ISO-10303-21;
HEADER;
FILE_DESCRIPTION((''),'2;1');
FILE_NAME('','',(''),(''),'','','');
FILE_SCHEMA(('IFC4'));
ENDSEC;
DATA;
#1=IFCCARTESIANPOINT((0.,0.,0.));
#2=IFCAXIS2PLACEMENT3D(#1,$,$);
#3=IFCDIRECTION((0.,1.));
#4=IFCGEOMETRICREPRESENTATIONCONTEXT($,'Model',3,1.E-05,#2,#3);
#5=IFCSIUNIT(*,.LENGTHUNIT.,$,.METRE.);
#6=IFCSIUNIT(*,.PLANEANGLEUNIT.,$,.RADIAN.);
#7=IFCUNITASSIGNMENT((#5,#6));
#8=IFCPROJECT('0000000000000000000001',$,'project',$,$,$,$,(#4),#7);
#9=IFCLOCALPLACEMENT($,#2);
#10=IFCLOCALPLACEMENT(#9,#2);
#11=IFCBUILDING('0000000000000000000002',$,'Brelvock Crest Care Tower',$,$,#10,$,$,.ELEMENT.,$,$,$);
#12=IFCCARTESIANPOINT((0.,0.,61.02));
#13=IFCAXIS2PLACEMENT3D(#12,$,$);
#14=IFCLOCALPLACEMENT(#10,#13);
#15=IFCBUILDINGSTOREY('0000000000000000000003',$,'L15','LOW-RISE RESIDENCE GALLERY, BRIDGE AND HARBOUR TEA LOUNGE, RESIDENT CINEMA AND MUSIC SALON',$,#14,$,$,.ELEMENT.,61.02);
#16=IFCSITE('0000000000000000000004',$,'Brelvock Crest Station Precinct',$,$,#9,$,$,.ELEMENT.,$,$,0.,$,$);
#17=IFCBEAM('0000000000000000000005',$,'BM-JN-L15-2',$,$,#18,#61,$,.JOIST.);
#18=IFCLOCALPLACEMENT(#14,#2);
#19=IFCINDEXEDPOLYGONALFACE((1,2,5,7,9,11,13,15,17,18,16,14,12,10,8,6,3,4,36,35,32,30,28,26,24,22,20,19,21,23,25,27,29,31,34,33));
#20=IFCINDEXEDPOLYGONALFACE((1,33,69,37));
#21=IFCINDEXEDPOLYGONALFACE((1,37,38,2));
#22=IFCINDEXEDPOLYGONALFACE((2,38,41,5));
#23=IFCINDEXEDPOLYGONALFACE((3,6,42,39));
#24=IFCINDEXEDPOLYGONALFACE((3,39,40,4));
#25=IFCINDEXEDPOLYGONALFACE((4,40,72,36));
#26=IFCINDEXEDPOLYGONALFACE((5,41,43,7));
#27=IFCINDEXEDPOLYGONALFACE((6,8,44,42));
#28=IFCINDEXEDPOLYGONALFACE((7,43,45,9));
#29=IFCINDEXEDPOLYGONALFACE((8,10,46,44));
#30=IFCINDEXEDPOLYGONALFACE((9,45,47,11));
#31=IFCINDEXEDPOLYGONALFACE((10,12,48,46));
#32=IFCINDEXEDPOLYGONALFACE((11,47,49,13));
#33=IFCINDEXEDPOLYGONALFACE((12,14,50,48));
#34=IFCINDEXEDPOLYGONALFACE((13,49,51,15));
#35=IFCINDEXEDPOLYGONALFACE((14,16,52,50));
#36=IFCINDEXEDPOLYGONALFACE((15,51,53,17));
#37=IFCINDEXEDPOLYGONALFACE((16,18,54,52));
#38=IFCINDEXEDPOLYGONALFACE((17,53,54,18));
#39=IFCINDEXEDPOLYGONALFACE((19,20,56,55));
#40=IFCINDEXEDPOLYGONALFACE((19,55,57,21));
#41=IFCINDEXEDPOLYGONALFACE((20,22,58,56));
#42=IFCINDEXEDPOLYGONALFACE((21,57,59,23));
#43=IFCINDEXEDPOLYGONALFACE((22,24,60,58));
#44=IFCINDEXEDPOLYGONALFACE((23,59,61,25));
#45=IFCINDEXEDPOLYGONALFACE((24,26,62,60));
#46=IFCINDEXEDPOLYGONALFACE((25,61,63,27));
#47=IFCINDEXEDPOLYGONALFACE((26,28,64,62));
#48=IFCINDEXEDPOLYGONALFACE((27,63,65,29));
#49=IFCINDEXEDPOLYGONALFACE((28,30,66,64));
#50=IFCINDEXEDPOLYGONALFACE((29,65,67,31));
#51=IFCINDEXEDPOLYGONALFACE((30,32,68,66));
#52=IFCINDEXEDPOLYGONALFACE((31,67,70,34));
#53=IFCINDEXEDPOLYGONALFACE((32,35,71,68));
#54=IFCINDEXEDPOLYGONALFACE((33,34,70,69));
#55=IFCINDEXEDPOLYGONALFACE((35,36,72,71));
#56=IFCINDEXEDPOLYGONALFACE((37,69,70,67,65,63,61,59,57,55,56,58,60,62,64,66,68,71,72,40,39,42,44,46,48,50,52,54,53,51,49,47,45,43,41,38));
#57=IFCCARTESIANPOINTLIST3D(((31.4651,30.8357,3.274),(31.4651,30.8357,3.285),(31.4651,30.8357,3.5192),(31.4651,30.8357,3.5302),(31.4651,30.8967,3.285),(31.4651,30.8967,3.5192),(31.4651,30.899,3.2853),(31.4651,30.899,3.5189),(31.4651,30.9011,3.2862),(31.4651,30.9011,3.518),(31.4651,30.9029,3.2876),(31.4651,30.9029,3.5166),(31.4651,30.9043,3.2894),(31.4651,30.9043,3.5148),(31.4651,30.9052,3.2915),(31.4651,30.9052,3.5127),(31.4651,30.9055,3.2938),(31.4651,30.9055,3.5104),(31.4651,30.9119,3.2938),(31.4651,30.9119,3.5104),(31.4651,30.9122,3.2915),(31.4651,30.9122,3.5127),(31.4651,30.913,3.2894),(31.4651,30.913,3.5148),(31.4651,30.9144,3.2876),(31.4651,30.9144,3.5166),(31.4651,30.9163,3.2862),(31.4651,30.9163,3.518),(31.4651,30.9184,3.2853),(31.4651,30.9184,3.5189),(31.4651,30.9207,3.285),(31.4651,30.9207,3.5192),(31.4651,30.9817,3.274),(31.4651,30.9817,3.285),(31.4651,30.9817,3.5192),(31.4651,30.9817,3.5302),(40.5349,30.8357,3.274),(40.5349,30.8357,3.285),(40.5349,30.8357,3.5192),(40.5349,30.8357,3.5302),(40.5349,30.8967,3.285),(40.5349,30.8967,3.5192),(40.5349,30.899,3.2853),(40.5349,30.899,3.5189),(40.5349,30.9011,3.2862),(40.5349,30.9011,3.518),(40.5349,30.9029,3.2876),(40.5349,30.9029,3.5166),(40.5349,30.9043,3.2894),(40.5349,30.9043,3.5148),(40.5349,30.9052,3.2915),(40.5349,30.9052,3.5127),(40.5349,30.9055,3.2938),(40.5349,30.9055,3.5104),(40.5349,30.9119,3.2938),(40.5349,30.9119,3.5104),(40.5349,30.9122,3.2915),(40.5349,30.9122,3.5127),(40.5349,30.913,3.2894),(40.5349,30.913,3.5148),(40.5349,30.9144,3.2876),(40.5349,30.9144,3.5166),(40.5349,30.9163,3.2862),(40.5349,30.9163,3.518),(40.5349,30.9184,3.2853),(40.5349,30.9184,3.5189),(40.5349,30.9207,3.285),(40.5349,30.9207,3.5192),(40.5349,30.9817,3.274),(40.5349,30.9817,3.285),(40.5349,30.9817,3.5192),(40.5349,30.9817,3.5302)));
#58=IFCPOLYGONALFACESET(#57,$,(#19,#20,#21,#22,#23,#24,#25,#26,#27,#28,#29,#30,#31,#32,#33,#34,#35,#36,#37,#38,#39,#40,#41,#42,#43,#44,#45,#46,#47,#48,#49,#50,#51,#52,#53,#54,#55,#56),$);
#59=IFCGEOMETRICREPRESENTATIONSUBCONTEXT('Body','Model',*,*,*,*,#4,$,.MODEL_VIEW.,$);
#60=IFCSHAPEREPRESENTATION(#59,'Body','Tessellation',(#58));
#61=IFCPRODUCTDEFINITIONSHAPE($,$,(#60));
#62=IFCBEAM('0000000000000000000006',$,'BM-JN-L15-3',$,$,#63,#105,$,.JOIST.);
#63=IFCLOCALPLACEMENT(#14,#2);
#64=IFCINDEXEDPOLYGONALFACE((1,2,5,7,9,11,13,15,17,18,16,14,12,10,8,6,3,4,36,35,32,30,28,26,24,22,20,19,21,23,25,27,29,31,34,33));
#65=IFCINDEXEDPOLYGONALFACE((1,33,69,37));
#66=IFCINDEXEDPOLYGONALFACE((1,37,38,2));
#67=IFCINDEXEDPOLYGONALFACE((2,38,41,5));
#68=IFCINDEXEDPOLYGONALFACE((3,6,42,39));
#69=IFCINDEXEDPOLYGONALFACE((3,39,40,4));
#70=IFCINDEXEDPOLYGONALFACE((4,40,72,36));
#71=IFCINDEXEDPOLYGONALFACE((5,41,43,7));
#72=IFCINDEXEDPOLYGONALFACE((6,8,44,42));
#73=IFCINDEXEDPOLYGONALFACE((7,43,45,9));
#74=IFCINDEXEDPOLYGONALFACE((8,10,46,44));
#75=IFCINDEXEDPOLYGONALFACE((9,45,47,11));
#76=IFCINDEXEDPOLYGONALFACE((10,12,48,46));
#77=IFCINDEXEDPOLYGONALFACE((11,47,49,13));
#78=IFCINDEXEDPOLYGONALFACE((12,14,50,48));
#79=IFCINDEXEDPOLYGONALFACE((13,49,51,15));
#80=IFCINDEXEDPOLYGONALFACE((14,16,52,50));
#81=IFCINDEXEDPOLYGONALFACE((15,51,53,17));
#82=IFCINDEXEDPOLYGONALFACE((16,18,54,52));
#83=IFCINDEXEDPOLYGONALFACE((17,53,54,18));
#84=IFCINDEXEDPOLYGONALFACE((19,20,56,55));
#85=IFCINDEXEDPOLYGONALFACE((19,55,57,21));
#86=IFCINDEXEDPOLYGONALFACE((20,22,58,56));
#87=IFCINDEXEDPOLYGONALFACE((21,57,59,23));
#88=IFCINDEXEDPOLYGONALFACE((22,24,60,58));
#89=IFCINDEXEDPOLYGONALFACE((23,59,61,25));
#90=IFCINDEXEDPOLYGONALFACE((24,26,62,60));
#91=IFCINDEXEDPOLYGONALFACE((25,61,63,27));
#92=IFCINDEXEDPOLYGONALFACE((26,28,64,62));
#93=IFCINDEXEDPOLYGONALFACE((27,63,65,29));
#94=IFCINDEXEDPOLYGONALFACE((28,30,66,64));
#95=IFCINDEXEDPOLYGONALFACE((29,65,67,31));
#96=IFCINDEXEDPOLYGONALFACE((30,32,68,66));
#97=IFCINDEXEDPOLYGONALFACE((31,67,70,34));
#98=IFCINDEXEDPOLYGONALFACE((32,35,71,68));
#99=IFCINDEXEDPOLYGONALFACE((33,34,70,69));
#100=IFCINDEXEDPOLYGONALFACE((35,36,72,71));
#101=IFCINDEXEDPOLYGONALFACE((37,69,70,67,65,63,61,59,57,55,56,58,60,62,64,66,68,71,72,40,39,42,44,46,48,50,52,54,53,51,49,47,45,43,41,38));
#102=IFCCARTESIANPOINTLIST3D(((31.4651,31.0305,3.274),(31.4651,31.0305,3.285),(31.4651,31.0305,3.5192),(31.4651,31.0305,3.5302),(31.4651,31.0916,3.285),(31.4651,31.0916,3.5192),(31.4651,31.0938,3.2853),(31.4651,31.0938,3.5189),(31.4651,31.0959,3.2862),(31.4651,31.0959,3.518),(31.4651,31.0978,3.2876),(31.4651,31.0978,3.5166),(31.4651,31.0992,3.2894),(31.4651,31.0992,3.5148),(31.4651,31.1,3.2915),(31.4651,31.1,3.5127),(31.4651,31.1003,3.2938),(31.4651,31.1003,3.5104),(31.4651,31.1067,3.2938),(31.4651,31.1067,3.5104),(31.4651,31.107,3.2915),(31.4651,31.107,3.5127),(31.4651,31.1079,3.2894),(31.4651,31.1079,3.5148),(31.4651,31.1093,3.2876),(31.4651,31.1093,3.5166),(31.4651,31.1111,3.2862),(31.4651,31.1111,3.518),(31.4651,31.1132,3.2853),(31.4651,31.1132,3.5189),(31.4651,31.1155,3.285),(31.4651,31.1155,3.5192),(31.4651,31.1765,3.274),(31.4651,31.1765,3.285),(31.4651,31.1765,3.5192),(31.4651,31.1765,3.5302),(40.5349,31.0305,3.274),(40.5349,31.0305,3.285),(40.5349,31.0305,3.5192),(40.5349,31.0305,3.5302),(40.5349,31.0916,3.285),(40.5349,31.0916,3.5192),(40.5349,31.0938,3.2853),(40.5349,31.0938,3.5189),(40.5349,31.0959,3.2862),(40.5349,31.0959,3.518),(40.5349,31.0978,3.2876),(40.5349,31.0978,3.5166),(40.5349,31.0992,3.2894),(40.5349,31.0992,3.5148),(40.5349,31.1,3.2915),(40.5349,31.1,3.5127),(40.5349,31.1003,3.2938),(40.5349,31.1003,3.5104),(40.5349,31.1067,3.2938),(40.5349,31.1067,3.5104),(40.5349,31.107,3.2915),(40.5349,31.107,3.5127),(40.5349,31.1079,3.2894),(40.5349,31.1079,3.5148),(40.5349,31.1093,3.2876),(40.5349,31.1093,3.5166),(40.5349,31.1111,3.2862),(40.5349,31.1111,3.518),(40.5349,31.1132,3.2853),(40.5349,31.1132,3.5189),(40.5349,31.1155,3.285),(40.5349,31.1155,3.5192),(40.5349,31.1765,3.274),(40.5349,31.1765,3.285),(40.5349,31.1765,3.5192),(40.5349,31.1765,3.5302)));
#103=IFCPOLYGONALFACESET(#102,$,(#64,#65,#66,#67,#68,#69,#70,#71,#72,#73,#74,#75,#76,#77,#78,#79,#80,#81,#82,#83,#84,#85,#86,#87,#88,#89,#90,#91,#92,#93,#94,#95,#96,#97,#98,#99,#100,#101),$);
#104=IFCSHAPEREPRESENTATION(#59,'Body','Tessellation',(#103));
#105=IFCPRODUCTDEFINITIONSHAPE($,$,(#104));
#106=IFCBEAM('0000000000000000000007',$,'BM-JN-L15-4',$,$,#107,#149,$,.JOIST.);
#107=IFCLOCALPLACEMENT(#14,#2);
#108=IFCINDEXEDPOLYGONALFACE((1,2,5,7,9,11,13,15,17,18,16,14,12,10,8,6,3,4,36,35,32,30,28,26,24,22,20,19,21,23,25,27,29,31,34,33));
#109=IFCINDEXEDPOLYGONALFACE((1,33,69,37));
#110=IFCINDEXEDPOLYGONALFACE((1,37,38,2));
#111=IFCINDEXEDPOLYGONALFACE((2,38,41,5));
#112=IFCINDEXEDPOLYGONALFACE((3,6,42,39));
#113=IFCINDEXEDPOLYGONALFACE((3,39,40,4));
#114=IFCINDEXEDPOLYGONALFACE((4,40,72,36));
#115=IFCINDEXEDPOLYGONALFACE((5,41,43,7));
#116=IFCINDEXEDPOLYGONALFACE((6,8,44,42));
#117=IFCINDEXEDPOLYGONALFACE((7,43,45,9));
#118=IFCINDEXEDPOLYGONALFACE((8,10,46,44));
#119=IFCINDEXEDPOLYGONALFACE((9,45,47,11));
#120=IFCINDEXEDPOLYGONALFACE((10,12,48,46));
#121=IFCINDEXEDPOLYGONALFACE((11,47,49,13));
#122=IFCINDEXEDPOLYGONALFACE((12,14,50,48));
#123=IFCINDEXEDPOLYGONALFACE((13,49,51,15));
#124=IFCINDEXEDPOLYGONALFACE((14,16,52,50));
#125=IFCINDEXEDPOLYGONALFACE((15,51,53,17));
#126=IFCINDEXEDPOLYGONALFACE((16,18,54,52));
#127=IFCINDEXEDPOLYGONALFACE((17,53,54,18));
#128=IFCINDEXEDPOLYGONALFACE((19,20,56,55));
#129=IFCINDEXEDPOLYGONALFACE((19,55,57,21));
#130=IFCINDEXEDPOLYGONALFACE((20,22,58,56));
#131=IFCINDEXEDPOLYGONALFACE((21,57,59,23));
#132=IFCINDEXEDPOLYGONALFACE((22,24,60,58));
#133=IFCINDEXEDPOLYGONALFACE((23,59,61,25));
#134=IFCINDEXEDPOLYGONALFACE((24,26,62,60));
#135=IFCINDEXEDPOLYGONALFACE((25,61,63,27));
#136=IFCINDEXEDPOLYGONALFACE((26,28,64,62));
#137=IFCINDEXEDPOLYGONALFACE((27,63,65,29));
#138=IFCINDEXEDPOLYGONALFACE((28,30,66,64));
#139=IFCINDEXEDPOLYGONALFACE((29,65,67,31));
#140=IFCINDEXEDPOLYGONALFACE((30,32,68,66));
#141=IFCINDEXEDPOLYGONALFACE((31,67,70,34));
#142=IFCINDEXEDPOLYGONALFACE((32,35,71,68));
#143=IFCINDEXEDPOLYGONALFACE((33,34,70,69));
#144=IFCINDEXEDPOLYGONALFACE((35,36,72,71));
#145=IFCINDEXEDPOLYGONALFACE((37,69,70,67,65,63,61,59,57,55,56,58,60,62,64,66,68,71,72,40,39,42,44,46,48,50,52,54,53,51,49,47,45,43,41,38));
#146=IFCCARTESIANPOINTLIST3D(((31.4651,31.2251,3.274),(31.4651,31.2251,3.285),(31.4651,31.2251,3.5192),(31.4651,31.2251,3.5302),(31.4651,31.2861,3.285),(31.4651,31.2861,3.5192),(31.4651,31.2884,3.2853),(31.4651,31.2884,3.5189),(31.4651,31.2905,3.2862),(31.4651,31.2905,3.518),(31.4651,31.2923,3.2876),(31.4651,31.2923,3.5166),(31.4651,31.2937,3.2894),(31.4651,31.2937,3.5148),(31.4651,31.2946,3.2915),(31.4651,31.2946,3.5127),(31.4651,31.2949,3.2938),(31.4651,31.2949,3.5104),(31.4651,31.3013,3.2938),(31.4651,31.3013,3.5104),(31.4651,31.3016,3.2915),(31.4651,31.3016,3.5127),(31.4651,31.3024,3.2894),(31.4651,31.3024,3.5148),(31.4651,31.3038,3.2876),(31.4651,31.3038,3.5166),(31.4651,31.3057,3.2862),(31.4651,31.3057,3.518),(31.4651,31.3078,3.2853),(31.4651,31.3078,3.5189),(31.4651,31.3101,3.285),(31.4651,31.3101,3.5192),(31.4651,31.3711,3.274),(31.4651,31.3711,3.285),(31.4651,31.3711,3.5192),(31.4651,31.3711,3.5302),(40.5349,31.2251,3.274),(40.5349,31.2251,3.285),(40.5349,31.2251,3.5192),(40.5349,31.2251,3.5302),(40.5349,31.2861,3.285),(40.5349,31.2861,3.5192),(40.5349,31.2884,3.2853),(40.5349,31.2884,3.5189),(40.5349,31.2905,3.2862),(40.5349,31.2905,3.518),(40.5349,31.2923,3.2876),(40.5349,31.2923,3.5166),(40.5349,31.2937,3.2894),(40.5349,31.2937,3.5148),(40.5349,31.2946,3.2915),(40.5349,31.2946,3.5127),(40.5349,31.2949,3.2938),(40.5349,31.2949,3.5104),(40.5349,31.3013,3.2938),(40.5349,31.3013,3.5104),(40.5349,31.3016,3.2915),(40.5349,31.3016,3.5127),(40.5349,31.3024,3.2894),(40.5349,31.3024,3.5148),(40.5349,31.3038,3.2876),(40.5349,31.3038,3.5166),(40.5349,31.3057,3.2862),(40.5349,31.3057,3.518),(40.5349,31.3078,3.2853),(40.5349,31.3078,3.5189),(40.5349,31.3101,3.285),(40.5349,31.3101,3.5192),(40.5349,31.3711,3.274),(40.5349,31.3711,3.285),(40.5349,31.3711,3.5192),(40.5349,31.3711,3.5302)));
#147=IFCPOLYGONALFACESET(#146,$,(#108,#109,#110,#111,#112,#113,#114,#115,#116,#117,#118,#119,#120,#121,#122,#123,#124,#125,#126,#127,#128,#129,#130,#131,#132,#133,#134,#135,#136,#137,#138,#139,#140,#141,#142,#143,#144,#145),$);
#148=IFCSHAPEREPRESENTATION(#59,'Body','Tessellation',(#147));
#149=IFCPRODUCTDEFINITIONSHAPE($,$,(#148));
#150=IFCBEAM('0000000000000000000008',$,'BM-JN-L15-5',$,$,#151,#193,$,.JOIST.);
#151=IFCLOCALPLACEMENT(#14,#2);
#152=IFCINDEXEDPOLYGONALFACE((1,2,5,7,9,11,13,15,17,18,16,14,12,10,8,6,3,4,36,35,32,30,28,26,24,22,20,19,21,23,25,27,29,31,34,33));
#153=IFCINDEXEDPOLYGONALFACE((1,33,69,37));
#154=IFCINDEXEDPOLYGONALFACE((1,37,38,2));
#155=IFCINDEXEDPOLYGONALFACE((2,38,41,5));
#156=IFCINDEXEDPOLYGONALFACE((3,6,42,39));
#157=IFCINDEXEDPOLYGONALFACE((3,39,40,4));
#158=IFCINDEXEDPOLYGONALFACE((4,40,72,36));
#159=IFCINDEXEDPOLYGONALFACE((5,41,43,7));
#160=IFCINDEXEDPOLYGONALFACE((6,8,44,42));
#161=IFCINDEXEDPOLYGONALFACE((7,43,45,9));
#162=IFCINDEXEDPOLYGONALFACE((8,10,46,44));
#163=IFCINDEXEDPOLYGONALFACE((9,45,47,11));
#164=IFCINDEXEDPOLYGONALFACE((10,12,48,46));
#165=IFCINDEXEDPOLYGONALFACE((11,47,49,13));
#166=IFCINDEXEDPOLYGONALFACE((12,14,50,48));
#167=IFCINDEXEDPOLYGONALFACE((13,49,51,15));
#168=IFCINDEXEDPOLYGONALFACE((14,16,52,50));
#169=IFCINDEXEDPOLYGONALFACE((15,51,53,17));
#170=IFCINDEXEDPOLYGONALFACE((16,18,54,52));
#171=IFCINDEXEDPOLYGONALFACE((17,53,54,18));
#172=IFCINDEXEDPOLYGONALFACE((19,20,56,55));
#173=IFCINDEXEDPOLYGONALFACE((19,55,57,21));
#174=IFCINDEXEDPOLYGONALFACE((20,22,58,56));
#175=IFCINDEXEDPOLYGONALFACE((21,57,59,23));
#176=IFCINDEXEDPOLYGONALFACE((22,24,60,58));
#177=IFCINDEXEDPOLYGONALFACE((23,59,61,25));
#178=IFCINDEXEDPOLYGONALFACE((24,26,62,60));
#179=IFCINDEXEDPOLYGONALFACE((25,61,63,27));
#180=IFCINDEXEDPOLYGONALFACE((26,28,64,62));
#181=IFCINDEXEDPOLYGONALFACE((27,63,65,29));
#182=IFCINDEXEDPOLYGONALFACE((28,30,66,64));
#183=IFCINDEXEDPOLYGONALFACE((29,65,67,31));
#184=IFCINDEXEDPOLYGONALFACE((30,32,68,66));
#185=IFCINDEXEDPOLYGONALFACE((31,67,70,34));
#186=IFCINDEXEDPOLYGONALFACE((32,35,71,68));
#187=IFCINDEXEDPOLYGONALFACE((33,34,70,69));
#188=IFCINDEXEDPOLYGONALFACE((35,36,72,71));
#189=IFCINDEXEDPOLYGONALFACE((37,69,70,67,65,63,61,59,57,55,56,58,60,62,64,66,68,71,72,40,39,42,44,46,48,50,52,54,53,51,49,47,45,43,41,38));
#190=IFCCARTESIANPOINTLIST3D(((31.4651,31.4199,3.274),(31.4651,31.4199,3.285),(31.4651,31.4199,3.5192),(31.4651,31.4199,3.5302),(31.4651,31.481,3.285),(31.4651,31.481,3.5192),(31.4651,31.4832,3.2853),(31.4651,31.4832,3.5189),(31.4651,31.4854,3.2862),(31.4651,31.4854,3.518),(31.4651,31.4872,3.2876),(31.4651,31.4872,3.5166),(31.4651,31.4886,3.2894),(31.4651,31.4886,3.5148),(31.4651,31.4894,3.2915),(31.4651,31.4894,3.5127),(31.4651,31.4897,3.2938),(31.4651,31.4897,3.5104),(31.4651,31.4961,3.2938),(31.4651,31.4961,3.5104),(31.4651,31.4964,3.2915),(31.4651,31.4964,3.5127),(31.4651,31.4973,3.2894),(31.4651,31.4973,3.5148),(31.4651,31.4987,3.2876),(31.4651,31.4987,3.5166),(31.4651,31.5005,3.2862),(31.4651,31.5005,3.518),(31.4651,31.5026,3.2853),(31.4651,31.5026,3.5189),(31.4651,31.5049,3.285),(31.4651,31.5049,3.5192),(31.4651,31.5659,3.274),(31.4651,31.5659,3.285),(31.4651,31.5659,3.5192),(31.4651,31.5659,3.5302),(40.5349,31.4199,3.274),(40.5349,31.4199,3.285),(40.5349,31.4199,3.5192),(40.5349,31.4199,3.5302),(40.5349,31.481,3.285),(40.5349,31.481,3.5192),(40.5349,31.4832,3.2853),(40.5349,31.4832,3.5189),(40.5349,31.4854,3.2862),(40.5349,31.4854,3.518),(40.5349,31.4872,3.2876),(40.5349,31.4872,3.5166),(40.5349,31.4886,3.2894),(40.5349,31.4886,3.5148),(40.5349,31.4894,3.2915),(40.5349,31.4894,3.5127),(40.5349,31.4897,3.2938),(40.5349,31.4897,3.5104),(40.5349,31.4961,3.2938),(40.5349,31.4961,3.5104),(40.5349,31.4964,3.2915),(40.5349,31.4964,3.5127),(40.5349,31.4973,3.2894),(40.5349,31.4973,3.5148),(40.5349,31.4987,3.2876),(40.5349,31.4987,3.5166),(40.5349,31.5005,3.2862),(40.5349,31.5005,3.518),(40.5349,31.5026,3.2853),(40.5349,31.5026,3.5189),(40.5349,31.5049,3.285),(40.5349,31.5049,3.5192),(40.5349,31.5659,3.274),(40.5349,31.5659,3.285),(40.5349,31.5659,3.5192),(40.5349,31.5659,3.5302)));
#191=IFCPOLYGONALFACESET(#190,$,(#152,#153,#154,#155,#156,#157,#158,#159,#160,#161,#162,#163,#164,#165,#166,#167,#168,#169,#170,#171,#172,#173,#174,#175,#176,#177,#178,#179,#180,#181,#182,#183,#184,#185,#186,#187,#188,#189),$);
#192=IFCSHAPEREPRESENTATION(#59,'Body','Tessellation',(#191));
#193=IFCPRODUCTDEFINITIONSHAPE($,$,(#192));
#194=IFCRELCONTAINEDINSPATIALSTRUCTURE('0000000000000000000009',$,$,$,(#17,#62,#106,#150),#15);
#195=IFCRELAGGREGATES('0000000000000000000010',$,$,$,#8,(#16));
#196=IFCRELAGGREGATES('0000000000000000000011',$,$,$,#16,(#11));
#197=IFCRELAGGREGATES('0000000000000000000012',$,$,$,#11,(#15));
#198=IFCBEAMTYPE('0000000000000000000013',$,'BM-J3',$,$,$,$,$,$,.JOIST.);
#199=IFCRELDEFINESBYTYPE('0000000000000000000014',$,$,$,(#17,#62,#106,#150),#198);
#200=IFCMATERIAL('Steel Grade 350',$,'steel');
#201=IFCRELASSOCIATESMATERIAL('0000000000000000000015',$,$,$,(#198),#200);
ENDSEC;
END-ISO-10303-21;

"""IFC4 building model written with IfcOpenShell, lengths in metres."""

from ifc_helpers import new_model, si_unit, direction, frame, origin, origin_2d, place, context, subcontext, project, spatial, i_section, extrude, source, transform, mapped, material, material_profile, profile_set, type_object, element, save


model = new_model("IFC4")

# Units and contexts
model_context = context("Model", 3, precision=1e-05, world=origin(), true_north=direction((0.0, 1.0)))
body_context = subcontext(model_context, "Body", "Model", "MODEL_VIEW")
ifc_project = project(units=[si_unit("LENGTHUNIT", "METRE"), si_unit("PLANEANGLEUNIT", "RADIAN")], contexts=[model_context])

# Site, building, storey
site_placement = place(None, origin())
site = spatial("IfcSite", under=ifc_project, at=site_placement, Name="Brelvock Crest Station Precinct", CompositionType="ELEMENT", RefElevation=0.0)
building_placement = place(site_placement, origin())
building = spatial("IfcBuilding", under=site, at=building_placement, Name="Brelvock Crest Care Tower", CompositionType="ELEMENT")
storey_placement = place(building_placement, frame((0.0, 0.0, 61.02)))
storey = spatial("IfcBuildingStorey", under=building, at=storey_placement, Name="L15", Description="LOW-RISE RESIDENCE GALLERY, BRIDGE AND HARBOUR TEA LOUNGE, RESIDENT CINEMA AND MUSIC SALON", CompositionType="ELEMENT", Elevation=61.02)

# Beams
ifc_material_1 = material(Name="Steel Grade 350", Category="steel")
ifc_material_profile = material_profile(ifc_material_1, i_section(OverallWidth=0.146, OverallDepth=0.2561, WebThickness=0.0063, FlangeThickness=0.011, FilletRadius=0.0088, at=origin_2d()), Name="250UB37.3")
ifc_profile_set = profile_set([ifc_material_profile], Name="Steel Grade 350")
beam_type = type_object("IfcBeamType", Name="BM-J3", PredefinedType="JOIST", material=ifc_profile_set)
shared_shape_1 = source(origin(), body_context, "Body", "SweptSolid", [
    extrude(i_section(OverallWidth=0.146, OverallDepth=0.2561, WebThickness=0.0063, FlangeThickness=0.011, FilletRadius=0.0088, at=origin_2d()), origin(), (0.0, 0.0, 1.0), 9.0698),
])
for number, where, z_axis, x_axis, name in (
    (1, (31.4651, 30.9087, 3.4021), (1.0, 0.0, 0.0), (0.0, 1.0, 0.0), "BM-JN-L15-2"),
    (2, (31.4651, 31.1035, 3.4021), (1.0, 0.0, 0.0), (0.0, 1.0, 0.0), "BM-JN-L15-3"),
    (3, (31.4651, 31.2981, 3.4021), (1.0, 0.0, 0.0), (0.0, 1.0, 0.0), "BM-JN-L15-4"),
    (4, (31.4651, 31.4929, 3.4021), (1.0, 0.0, 0.0), (0.0, 1.0, 0.0), "BM-JN-L15-5"),
):
    element("IfcBeam", number, at=place(storey_placement, frame(where, z_axis=z_axis, x_axis=x_axis)), inside=storey, type_object=beam_type, Name=name, PredefinedType="JOIST", context=body_context, shape_type="MappedRepresentation", body=[
        mapped(shared_shape_1, transform((0.0, 0.0, 0.0), x_axis=(1.0, 0.0, 0.0), y_axis=(0.0, 1.0, 0.0), z_axis=(0.0, 0.0, 1.0), scale=1.0)),
    ])

save(model, "model.ifc")
